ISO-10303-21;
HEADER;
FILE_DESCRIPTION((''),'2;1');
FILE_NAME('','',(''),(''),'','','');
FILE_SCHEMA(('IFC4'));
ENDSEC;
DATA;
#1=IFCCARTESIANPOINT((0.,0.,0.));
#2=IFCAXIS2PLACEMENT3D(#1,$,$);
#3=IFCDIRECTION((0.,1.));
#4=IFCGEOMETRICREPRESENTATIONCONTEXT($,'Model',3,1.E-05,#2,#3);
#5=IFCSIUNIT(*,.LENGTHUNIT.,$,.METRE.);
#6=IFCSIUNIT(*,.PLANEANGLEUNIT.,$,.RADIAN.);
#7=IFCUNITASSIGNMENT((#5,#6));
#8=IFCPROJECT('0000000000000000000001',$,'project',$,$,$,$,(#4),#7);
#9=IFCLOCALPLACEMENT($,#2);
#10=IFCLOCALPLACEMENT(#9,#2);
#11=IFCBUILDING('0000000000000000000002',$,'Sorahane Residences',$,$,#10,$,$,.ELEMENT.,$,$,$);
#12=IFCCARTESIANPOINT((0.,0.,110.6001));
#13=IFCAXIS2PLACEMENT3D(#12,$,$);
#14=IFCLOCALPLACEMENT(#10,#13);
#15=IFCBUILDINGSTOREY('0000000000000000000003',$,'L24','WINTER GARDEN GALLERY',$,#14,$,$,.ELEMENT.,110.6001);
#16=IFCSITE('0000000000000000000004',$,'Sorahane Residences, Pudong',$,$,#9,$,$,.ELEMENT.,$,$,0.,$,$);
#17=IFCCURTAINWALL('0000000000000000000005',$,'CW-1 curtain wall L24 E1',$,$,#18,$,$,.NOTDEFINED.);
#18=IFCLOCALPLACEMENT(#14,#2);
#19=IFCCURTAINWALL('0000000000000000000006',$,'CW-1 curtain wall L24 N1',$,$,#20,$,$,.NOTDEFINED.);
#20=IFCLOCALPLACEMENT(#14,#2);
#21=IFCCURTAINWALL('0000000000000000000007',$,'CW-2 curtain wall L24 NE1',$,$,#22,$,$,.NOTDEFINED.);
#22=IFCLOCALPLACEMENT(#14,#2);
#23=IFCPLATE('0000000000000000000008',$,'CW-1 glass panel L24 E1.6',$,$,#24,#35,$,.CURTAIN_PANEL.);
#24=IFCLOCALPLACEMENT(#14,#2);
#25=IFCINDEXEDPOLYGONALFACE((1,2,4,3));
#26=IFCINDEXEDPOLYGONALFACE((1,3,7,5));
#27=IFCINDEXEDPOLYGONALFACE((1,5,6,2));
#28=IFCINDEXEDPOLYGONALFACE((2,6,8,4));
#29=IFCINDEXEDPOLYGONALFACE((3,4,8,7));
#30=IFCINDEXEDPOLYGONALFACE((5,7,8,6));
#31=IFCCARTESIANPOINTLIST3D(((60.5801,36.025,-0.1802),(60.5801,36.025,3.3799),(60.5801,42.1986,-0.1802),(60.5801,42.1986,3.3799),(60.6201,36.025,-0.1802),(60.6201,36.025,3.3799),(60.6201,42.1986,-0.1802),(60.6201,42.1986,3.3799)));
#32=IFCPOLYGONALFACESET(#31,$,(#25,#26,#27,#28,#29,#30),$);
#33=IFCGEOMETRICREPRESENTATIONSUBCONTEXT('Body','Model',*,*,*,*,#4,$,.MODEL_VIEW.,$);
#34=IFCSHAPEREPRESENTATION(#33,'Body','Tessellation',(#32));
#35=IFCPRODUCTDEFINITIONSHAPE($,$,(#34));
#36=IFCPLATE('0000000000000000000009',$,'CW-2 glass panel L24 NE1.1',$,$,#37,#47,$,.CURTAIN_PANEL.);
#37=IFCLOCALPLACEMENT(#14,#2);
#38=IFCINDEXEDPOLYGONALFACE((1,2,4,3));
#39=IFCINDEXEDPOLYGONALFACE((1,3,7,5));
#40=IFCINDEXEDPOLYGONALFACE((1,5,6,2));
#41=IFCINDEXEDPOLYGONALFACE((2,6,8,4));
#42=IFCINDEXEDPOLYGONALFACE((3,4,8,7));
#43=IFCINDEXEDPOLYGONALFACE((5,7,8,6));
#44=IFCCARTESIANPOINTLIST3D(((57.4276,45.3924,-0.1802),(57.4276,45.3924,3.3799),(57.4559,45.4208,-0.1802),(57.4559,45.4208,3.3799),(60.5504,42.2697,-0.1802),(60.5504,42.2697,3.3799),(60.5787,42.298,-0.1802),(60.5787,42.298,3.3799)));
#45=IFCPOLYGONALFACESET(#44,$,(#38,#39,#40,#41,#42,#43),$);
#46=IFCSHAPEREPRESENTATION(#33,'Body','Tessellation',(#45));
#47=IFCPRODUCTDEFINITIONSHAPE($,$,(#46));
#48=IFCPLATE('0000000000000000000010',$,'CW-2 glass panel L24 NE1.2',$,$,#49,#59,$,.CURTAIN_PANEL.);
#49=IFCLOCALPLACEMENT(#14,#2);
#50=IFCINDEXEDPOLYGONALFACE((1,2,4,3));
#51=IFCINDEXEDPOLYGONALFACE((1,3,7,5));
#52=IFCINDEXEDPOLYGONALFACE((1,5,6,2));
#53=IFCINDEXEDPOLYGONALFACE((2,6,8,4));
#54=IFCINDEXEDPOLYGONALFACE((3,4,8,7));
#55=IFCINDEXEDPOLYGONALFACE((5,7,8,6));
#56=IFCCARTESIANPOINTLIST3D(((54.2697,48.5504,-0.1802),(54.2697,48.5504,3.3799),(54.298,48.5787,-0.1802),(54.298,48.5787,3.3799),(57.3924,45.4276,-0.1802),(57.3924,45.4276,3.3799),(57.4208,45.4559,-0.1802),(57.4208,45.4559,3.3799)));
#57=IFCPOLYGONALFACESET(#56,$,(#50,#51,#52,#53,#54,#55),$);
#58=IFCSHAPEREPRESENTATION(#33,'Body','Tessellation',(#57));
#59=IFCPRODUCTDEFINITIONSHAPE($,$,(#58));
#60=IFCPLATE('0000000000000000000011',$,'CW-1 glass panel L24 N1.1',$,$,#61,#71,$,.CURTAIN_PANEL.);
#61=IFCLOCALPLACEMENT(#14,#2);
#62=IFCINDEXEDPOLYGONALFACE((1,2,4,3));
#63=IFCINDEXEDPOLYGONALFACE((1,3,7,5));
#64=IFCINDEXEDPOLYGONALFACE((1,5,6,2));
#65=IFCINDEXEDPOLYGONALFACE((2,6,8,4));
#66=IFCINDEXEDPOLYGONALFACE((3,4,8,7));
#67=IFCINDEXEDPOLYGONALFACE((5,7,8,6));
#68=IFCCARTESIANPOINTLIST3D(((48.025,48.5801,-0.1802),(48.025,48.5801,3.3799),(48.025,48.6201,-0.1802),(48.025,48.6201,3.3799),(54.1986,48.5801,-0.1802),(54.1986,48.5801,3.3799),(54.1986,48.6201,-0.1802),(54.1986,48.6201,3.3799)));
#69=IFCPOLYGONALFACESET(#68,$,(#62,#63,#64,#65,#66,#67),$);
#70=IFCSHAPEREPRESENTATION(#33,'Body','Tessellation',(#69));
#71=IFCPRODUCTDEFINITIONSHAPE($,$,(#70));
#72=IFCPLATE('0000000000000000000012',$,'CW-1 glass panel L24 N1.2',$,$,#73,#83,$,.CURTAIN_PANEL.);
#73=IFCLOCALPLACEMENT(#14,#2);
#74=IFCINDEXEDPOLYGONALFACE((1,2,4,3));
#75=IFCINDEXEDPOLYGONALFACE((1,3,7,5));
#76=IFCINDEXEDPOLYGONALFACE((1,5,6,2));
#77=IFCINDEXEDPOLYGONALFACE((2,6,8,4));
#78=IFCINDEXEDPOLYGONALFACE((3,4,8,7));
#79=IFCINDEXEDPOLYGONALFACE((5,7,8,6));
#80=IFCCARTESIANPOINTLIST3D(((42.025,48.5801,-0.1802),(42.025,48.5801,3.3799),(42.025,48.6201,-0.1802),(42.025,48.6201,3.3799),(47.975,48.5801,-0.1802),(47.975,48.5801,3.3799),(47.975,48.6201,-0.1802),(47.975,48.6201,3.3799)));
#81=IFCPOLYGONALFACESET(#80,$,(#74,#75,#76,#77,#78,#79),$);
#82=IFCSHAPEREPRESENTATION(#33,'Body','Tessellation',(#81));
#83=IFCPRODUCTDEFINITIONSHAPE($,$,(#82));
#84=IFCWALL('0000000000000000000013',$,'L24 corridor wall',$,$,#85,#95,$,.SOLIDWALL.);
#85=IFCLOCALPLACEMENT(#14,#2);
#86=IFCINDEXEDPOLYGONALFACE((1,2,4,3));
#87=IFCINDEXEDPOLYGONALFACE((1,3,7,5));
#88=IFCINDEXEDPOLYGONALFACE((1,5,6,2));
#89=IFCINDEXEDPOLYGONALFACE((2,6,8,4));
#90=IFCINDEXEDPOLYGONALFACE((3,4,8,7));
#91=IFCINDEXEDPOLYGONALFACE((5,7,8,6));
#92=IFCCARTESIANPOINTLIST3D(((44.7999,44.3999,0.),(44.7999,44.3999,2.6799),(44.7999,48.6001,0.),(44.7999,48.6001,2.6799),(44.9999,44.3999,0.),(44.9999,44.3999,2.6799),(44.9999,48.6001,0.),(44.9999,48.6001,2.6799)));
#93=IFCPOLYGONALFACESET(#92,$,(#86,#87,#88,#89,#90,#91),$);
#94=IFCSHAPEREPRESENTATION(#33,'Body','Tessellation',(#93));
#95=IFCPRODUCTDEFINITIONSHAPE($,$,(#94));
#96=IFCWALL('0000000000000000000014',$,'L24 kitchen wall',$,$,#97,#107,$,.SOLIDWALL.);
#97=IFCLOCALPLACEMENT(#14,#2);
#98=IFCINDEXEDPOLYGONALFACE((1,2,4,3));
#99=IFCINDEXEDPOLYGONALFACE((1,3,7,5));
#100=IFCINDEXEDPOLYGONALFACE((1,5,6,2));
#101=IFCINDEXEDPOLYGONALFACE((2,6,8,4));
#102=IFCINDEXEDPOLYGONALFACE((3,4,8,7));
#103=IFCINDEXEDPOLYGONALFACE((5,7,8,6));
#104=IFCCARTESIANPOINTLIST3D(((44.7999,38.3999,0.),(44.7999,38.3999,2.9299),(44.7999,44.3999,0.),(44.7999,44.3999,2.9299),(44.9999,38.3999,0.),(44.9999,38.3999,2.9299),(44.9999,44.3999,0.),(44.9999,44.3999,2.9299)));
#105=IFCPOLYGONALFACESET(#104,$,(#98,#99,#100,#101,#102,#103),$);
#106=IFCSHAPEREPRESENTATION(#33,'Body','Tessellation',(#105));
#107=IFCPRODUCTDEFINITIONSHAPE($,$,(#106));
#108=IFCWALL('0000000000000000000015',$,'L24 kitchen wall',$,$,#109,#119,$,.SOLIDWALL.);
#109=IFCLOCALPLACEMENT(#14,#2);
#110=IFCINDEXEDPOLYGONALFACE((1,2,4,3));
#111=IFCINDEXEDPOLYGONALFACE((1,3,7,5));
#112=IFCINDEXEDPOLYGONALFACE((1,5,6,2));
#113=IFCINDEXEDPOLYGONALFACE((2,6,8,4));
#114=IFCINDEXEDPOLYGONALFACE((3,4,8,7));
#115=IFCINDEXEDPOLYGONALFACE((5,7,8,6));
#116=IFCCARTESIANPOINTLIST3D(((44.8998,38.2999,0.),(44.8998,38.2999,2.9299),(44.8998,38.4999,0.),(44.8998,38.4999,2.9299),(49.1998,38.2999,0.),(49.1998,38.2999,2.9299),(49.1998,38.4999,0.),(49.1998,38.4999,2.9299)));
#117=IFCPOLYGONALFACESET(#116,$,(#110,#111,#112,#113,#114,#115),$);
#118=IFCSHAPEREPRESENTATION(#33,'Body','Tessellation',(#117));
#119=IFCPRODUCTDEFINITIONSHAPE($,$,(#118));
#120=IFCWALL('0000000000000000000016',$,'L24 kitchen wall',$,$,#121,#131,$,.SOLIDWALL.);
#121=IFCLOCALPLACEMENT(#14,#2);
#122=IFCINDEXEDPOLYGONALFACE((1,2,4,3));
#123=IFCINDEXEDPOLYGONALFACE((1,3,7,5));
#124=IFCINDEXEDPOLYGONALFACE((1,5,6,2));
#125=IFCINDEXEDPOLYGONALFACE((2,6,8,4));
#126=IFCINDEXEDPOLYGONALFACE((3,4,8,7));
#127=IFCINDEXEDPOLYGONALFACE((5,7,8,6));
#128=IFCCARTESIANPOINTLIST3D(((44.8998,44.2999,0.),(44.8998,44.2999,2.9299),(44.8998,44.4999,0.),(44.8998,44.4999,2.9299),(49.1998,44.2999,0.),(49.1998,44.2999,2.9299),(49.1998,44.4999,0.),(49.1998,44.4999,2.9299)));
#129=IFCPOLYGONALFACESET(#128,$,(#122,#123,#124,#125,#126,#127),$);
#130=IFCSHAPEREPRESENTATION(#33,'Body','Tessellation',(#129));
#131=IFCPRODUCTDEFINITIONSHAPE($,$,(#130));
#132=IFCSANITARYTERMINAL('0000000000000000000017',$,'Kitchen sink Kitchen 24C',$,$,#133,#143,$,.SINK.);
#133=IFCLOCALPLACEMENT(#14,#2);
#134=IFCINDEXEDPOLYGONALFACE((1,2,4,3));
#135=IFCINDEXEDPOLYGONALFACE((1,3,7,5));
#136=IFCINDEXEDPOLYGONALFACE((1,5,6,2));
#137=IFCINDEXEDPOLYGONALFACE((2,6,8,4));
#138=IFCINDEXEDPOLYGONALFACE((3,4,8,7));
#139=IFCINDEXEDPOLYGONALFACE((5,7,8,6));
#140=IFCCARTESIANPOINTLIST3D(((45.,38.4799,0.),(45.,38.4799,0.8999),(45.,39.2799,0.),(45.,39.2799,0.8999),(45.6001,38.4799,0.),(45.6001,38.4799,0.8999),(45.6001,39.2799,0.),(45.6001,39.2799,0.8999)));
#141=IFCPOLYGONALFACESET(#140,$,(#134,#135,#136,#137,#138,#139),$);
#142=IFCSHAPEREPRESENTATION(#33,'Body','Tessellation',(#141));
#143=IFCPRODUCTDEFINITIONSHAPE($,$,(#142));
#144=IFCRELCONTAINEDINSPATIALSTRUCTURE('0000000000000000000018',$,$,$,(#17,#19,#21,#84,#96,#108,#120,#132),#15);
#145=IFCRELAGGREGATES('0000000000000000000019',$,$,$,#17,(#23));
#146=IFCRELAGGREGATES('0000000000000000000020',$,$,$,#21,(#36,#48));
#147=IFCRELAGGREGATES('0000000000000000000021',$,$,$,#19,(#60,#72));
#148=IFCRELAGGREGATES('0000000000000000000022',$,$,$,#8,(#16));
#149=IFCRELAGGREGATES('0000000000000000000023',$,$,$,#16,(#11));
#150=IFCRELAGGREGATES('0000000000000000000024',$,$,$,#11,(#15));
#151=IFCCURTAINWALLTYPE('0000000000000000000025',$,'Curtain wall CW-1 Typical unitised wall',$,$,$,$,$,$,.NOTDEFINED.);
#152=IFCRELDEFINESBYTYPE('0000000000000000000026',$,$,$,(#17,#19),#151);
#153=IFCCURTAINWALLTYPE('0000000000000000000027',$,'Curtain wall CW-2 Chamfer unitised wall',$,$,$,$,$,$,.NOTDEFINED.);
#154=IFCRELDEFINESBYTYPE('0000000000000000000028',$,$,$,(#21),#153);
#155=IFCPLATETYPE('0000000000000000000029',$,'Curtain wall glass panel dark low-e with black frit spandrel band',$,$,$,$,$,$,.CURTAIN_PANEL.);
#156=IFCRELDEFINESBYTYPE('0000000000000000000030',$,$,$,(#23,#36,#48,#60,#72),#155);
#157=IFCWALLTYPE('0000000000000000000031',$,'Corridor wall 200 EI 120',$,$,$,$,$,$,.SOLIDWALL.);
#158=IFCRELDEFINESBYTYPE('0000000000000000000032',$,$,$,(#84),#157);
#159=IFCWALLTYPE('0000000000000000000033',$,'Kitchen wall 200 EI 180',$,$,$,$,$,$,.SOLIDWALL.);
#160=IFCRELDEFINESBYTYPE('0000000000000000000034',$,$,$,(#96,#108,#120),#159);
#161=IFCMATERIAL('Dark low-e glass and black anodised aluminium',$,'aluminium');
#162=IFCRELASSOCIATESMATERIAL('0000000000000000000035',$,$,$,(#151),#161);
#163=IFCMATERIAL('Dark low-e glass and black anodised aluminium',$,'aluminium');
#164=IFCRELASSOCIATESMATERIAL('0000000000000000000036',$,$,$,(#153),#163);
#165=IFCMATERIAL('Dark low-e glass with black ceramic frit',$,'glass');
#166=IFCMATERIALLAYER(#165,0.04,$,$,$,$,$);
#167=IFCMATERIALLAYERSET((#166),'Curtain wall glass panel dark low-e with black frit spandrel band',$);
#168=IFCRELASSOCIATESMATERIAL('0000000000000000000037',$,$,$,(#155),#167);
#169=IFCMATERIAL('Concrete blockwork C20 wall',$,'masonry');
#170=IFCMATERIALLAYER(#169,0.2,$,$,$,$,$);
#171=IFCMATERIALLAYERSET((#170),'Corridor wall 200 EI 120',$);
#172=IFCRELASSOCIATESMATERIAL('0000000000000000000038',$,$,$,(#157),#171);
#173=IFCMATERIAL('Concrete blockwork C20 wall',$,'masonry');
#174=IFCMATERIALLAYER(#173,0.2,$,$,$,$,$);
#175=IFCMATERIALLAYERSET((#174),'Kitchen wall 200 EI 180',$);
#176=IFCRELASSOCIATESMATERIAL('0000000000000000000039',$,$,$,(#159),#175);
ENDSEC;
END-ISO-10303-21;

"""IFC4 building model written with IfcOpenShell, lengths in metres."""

from ifc_helpers import new_model, si_unit, direction, frame, frame_2d, origin, origin_2d, place, context, subcontext, project, spatial, rectangle, extrude, material, layer, layer_set, type_object, element, aggregate, save


model = new_model("IFC4")

# Units and contexts
model_context = context("Model", 3, precision=1e-05, world=origin(), true_north=direction((0.0, 1.0)))
body_context = subcontext(model_context, "Body", "Model", "MODEL_VIEW")
ifc_project = project(units=[si_unit("LENGTHUNIT", "METRE"), si_unit("PLANEANGLEUNIT", "RADIAN")], contexts=[model_context])

# Site, building, storey
site_placement = place(None, origin())
site = spatial("IfcSite", under=ifc_project, at=site_placement, Name="Sorahane Residences, Pudong", CompositionType="ELEMENT", RefElevation=0.0)
building_placement = place(site_placement, origin())
building = spatial("IfcBuilding", under=site, at=building_placement, Name="Sorahane Residences", CompositionType="ELEMENT")
storey_placement = place(building_placement, frame((0.0, 0.0, 110.6001)))
storey = spatial("IfcBuildingStorey", under=building, at=storey_placement, Name="L24", Description="WINTER GARDEN GALLERY", CompositionType="ELEMENT", Elevation=110.6001)

# Curtain walls
ifc_material_1 = material(Name="Dark low-e glass and black anodised aluminium", Category="aluminium")
curtain_wall_type_1 = type_object("IfcCurtainWallType", Name="Curtain wall CW-1 Typical unitised wall", PredefinedType="NOTDEFINED", material=ifc_material_1)
curtain_wall_1_placement = place(storey_placement, origin())
curtain_wall_1 = element("IfcCurtainWall", 1, at=curtain_wall_1_placement, inside=storey, type_object=curtain_wall_type_1, Name="CW-1 curtain wall L24 E1", PredefinedType="NOTDEFINED")
curtain_wall_2_placement = place(storey_placement, origin())
curtain_wall_2 = element("IfcCurtainWall", 2, at=curtain_wall_2_placement, inside=storey, type_object=curtain_wall_type_1, Name="CW-1 curtain wall L24 N1", PredefinedType="NOTDEFINED")

# Curtain wall
ifc_material_2 = material(Name="Dark low-e glass and black anodised aluminium", Category="aluminium")
curtain_wall_type_2 = type_object("IfcCurtainWallType", Name="Curtain wall CW-2 Chamfer unitised wall", PredefinedType="NOTDEFINED", material=ifc_material_2)
curtain_wall_3_placement = place(storey_placement, origin())
curtain_wall_3 = element("IfcCurtainWall", 3, at=curtain_wall_3_placement, inside=storey, type_object=curtain_wall_type_2, Name="CW-2 curtain wall L24 NE1", PredefinedType="NOTDEFINED")

# Plates
ifc_material_3 = material(Name="Dark low-e glass with black ceramic frit", Category="glass")
ifc_layer_1 = layer(ifc_material_3, 0.04)
ifc_layer_set_1 = layer_set([ifc_layer_1], Name="Curtain wall glass panel dark low-e with black frit spandrel band")
plate_type = type_object("IfcPlateType", Name="Curtain wall glass panel dark low-e with black frit spandrel band", PredefinedType="CURTAIN_PANEL", material=ifc_layer_set_1)
plate_1_placement = place(storey_placement, frame((60.6001, 39.1118, -0.1802), z_axis=(0.0, 0.0, 1.0), x_axis=(0.0, 1.0, 0.0)))
plate_1 = element("IfcPlate", 4, at=plate_1_placement, type_object=plate_type, Name="CW-1 glass panel L24 E1.6", PredefinedType="CURTAIN_PANEL", context=body_context, shape_type="SweptSolid", body=[
    extrude(rectangle(XDim=6.1736, YDim=0.04, at=origin_2d()), origin(), (0.0, 0.0, 1.0), 3.5601),
])
aggregate(curtain_wall_1, [plate_1])
plate_2_placement = place(storey_placement, frame((59.0032, 43.8452, -0.1802), z_axis=(0.0, 0.0, 1.0), x_axis=(-0.707107, 0.707107, 0.0)))
plate_2 = element("IfcPlate", 5, at=plate_2_placement, type_object=plate_type, Name="CW-2 glass panel L24 NE1.1", PredefinedType="CURTAIN_PANEL", context=body_context, shape_type="SweptSolid", body=[
    extrude(rectangle(XDim=4.4163, YDim=0.04, at=origin_2d()), origin(), (0.0, 0.0, 1.0), 3.5601),
])
plate_3_placement = place(storey_placement, frame((55.8452, 47.0032, -0.1802), z_axis=(0.0, 0.0, 1.0), x_axis=(-0.707107, 0.707107, 0.0)))
plate_3 = element("IfcPlate", 6, at=plate_3_placement, type_object=plate_type, Name="CW-2 glass panel L24 NE1.2", PredefinedType="CURTAIN_PANEL", context=body_context, shape_type="SweptSolid", body=[
    extrude(rectangle(XDim=4.4163, YDim=0.04, at=origin_2d()), origin(), (0.0, 0.0, 1.0), 3.5601),
])
aggregate(curtain_wall_3, [plate_2, plate_3])
plate_4_placement = place(storey_placement, frame((51.1118, 48.6001, -0.1802), z_axis=(0.0, 0.0, 1.0), x_axis=(-1.0, 0.0, 0.0)))
plate_4 = element("IfcPlate", 7, at=plate_4_placement, type_object=plate_type, Name="CW-1 glass panel L24 N1.1", PredefinedType="CURTAIN_PANEL", context=body_context, shape_type="SweptSolid", body=[
    extrude(rectangle(XDim=6.1736, YDim=0.04, at=origin_2d()), origin(), (0.0, 0.0, 1.0), 3.5601),
])
plate_5_placement = place(storey_placement, frame((45.0, 48.6001, -0.1802), z_axis=(0.0, 0.0, 1.0), x_axis=(-1.0, 0.0, 0.0)))
plate_5 = element("IfcPlate", 8, at=plate_5_placement, type_object=plate_type, Name="CW-1 glass panel L24 N1.2", PredefinedType="CURTAIN_PANEL", context=body_context, shape_type="SweptSolid", body=[
    extrude(rectangle(XDim=5.95, YDim=0.04, at=origin_2d()), origin(), (0.0, 0.0, 1.0), 3.5601),
])
aggregate(curtain_wall_2, [plate_4, plate_5])

# Walls
ifc_material_4 = material(Name="Concrete blockwork C20 wall", Category="masonry")
ifc_layer_2 = layer(ifc_material_4, 0.2)
ifc_layer_set_2 = layer_set([ifc_layer_2], Name="Corridor wall 200 EI 120")
wall_type_1 = type_object("IfcWallType", Name="Corridor wall 200 EI 120", PredefinedType="SOLIDWALL", material=ifc_layer_set_2)
wall_1_placement = place(storey_placement, frame((44.8999, 44.3999, 0.0), z_axis=(0.0, 0.0, 1.0), x_axis=(0.0, 1.0, 0.0)))
element("IfcWall", 9, at=wall_1_placement, inside=storey, type_object=wall_type_1, Name="L24 corridor wall", PredefinedType="SOLIDWALL", context=body_context, shape_type="SweptSolid", body=[
    extrude(rectangle(XDim=4.2002, YDim=0.2, at=frame_2d((2.1001, 0.0))), origin(), (0.0, 0.0, 1.0), 2.6799),
])
ifc_material_5 = material(Name="Concrete blockwork C20 wall", Category="masonry")
ifc_layer_3 = layer(ifc_material_5, 0.2)
ifc_layer_set_3 = layer_set([ifc_layer_3], Name="Kitchen wall 200 EI 180")
wall_type_2 = type_object("IfcWallType", Name="Kitchen wall 200 EI 180", PredefinedType="SOLIDWALL", material=ifc_layer_set_3)
wall_2_placement = place(storey_placement, frame((44.8999, 38.3999, 0.0), z_axis=(0.0, 0.0, 1.0), x_axis=(0.0, 1.0, 0.0)))
element("IfcWall", 10, at=wall_2_placement, inside=storey, type_object=wall_type_2, Name="L24 kitchen wall", PredefinedType="SOLIDWALL", context=body_context, shape_type="SweptSolid", body=[
    extrude(rectangle(XDim=6.0, YDim=0.2, at=frame_2d((3.0, 0.0))), origin(), (0.0, 0.0, 1.0), 2.9299),
])

# Walls
for number, where, z_axis, x_axis, name in (
    (11, (44.8999, 38.3999, 0.0), (0.0, 0.0, 1.0), (1.0, 0.0, 0.0), "L24 kitchen wall"),
    (12, (44.8999, 44.3999, 0.0), (0.0, 0.0, 1.0), (1.0, 0.0, 0.0), "L24 kitchen wall"),
):
    element("IfcWall", number, at=place(storey_placement, frame(where, z_axis=z_axis, x_axis=x_axis)), inside=storey, type_object=wall_type_2, Name=name, PredefinedType="SOLIDWALL", context=body_context, shape_type="SweptSolid", body=[
        extrude(rectangle(XDim=4.3, YDim=0.2, at=frame_2d((2.1499, 0.0))), origin(), (0.0, 0.0, 1.0), 2.9299),
    ])

# Sanitary terminal
sanitary_terminal_placement = place(storey_placement, frame((45.3, 38.8799, 0.0), z_axis=(0.0, 0.0, 1.0), x_axis=(0.0, 1.0, 0.0)))
element("IfcSanitaryTerminal", 13, at=sanitary_terminal_placement, inside=storey, Name="Kitchen sink Kitchen 24C", PredefinedType="SINK", context=body_context, shape_type="SweptSolid", body=[
    extrude(rectangle(XDim=0.8, YDim=0.6001, at=origin_2d()), origin(), (0.0, 0.0, 1.0), 0.8999),
])

save(model, "model.ifc")
